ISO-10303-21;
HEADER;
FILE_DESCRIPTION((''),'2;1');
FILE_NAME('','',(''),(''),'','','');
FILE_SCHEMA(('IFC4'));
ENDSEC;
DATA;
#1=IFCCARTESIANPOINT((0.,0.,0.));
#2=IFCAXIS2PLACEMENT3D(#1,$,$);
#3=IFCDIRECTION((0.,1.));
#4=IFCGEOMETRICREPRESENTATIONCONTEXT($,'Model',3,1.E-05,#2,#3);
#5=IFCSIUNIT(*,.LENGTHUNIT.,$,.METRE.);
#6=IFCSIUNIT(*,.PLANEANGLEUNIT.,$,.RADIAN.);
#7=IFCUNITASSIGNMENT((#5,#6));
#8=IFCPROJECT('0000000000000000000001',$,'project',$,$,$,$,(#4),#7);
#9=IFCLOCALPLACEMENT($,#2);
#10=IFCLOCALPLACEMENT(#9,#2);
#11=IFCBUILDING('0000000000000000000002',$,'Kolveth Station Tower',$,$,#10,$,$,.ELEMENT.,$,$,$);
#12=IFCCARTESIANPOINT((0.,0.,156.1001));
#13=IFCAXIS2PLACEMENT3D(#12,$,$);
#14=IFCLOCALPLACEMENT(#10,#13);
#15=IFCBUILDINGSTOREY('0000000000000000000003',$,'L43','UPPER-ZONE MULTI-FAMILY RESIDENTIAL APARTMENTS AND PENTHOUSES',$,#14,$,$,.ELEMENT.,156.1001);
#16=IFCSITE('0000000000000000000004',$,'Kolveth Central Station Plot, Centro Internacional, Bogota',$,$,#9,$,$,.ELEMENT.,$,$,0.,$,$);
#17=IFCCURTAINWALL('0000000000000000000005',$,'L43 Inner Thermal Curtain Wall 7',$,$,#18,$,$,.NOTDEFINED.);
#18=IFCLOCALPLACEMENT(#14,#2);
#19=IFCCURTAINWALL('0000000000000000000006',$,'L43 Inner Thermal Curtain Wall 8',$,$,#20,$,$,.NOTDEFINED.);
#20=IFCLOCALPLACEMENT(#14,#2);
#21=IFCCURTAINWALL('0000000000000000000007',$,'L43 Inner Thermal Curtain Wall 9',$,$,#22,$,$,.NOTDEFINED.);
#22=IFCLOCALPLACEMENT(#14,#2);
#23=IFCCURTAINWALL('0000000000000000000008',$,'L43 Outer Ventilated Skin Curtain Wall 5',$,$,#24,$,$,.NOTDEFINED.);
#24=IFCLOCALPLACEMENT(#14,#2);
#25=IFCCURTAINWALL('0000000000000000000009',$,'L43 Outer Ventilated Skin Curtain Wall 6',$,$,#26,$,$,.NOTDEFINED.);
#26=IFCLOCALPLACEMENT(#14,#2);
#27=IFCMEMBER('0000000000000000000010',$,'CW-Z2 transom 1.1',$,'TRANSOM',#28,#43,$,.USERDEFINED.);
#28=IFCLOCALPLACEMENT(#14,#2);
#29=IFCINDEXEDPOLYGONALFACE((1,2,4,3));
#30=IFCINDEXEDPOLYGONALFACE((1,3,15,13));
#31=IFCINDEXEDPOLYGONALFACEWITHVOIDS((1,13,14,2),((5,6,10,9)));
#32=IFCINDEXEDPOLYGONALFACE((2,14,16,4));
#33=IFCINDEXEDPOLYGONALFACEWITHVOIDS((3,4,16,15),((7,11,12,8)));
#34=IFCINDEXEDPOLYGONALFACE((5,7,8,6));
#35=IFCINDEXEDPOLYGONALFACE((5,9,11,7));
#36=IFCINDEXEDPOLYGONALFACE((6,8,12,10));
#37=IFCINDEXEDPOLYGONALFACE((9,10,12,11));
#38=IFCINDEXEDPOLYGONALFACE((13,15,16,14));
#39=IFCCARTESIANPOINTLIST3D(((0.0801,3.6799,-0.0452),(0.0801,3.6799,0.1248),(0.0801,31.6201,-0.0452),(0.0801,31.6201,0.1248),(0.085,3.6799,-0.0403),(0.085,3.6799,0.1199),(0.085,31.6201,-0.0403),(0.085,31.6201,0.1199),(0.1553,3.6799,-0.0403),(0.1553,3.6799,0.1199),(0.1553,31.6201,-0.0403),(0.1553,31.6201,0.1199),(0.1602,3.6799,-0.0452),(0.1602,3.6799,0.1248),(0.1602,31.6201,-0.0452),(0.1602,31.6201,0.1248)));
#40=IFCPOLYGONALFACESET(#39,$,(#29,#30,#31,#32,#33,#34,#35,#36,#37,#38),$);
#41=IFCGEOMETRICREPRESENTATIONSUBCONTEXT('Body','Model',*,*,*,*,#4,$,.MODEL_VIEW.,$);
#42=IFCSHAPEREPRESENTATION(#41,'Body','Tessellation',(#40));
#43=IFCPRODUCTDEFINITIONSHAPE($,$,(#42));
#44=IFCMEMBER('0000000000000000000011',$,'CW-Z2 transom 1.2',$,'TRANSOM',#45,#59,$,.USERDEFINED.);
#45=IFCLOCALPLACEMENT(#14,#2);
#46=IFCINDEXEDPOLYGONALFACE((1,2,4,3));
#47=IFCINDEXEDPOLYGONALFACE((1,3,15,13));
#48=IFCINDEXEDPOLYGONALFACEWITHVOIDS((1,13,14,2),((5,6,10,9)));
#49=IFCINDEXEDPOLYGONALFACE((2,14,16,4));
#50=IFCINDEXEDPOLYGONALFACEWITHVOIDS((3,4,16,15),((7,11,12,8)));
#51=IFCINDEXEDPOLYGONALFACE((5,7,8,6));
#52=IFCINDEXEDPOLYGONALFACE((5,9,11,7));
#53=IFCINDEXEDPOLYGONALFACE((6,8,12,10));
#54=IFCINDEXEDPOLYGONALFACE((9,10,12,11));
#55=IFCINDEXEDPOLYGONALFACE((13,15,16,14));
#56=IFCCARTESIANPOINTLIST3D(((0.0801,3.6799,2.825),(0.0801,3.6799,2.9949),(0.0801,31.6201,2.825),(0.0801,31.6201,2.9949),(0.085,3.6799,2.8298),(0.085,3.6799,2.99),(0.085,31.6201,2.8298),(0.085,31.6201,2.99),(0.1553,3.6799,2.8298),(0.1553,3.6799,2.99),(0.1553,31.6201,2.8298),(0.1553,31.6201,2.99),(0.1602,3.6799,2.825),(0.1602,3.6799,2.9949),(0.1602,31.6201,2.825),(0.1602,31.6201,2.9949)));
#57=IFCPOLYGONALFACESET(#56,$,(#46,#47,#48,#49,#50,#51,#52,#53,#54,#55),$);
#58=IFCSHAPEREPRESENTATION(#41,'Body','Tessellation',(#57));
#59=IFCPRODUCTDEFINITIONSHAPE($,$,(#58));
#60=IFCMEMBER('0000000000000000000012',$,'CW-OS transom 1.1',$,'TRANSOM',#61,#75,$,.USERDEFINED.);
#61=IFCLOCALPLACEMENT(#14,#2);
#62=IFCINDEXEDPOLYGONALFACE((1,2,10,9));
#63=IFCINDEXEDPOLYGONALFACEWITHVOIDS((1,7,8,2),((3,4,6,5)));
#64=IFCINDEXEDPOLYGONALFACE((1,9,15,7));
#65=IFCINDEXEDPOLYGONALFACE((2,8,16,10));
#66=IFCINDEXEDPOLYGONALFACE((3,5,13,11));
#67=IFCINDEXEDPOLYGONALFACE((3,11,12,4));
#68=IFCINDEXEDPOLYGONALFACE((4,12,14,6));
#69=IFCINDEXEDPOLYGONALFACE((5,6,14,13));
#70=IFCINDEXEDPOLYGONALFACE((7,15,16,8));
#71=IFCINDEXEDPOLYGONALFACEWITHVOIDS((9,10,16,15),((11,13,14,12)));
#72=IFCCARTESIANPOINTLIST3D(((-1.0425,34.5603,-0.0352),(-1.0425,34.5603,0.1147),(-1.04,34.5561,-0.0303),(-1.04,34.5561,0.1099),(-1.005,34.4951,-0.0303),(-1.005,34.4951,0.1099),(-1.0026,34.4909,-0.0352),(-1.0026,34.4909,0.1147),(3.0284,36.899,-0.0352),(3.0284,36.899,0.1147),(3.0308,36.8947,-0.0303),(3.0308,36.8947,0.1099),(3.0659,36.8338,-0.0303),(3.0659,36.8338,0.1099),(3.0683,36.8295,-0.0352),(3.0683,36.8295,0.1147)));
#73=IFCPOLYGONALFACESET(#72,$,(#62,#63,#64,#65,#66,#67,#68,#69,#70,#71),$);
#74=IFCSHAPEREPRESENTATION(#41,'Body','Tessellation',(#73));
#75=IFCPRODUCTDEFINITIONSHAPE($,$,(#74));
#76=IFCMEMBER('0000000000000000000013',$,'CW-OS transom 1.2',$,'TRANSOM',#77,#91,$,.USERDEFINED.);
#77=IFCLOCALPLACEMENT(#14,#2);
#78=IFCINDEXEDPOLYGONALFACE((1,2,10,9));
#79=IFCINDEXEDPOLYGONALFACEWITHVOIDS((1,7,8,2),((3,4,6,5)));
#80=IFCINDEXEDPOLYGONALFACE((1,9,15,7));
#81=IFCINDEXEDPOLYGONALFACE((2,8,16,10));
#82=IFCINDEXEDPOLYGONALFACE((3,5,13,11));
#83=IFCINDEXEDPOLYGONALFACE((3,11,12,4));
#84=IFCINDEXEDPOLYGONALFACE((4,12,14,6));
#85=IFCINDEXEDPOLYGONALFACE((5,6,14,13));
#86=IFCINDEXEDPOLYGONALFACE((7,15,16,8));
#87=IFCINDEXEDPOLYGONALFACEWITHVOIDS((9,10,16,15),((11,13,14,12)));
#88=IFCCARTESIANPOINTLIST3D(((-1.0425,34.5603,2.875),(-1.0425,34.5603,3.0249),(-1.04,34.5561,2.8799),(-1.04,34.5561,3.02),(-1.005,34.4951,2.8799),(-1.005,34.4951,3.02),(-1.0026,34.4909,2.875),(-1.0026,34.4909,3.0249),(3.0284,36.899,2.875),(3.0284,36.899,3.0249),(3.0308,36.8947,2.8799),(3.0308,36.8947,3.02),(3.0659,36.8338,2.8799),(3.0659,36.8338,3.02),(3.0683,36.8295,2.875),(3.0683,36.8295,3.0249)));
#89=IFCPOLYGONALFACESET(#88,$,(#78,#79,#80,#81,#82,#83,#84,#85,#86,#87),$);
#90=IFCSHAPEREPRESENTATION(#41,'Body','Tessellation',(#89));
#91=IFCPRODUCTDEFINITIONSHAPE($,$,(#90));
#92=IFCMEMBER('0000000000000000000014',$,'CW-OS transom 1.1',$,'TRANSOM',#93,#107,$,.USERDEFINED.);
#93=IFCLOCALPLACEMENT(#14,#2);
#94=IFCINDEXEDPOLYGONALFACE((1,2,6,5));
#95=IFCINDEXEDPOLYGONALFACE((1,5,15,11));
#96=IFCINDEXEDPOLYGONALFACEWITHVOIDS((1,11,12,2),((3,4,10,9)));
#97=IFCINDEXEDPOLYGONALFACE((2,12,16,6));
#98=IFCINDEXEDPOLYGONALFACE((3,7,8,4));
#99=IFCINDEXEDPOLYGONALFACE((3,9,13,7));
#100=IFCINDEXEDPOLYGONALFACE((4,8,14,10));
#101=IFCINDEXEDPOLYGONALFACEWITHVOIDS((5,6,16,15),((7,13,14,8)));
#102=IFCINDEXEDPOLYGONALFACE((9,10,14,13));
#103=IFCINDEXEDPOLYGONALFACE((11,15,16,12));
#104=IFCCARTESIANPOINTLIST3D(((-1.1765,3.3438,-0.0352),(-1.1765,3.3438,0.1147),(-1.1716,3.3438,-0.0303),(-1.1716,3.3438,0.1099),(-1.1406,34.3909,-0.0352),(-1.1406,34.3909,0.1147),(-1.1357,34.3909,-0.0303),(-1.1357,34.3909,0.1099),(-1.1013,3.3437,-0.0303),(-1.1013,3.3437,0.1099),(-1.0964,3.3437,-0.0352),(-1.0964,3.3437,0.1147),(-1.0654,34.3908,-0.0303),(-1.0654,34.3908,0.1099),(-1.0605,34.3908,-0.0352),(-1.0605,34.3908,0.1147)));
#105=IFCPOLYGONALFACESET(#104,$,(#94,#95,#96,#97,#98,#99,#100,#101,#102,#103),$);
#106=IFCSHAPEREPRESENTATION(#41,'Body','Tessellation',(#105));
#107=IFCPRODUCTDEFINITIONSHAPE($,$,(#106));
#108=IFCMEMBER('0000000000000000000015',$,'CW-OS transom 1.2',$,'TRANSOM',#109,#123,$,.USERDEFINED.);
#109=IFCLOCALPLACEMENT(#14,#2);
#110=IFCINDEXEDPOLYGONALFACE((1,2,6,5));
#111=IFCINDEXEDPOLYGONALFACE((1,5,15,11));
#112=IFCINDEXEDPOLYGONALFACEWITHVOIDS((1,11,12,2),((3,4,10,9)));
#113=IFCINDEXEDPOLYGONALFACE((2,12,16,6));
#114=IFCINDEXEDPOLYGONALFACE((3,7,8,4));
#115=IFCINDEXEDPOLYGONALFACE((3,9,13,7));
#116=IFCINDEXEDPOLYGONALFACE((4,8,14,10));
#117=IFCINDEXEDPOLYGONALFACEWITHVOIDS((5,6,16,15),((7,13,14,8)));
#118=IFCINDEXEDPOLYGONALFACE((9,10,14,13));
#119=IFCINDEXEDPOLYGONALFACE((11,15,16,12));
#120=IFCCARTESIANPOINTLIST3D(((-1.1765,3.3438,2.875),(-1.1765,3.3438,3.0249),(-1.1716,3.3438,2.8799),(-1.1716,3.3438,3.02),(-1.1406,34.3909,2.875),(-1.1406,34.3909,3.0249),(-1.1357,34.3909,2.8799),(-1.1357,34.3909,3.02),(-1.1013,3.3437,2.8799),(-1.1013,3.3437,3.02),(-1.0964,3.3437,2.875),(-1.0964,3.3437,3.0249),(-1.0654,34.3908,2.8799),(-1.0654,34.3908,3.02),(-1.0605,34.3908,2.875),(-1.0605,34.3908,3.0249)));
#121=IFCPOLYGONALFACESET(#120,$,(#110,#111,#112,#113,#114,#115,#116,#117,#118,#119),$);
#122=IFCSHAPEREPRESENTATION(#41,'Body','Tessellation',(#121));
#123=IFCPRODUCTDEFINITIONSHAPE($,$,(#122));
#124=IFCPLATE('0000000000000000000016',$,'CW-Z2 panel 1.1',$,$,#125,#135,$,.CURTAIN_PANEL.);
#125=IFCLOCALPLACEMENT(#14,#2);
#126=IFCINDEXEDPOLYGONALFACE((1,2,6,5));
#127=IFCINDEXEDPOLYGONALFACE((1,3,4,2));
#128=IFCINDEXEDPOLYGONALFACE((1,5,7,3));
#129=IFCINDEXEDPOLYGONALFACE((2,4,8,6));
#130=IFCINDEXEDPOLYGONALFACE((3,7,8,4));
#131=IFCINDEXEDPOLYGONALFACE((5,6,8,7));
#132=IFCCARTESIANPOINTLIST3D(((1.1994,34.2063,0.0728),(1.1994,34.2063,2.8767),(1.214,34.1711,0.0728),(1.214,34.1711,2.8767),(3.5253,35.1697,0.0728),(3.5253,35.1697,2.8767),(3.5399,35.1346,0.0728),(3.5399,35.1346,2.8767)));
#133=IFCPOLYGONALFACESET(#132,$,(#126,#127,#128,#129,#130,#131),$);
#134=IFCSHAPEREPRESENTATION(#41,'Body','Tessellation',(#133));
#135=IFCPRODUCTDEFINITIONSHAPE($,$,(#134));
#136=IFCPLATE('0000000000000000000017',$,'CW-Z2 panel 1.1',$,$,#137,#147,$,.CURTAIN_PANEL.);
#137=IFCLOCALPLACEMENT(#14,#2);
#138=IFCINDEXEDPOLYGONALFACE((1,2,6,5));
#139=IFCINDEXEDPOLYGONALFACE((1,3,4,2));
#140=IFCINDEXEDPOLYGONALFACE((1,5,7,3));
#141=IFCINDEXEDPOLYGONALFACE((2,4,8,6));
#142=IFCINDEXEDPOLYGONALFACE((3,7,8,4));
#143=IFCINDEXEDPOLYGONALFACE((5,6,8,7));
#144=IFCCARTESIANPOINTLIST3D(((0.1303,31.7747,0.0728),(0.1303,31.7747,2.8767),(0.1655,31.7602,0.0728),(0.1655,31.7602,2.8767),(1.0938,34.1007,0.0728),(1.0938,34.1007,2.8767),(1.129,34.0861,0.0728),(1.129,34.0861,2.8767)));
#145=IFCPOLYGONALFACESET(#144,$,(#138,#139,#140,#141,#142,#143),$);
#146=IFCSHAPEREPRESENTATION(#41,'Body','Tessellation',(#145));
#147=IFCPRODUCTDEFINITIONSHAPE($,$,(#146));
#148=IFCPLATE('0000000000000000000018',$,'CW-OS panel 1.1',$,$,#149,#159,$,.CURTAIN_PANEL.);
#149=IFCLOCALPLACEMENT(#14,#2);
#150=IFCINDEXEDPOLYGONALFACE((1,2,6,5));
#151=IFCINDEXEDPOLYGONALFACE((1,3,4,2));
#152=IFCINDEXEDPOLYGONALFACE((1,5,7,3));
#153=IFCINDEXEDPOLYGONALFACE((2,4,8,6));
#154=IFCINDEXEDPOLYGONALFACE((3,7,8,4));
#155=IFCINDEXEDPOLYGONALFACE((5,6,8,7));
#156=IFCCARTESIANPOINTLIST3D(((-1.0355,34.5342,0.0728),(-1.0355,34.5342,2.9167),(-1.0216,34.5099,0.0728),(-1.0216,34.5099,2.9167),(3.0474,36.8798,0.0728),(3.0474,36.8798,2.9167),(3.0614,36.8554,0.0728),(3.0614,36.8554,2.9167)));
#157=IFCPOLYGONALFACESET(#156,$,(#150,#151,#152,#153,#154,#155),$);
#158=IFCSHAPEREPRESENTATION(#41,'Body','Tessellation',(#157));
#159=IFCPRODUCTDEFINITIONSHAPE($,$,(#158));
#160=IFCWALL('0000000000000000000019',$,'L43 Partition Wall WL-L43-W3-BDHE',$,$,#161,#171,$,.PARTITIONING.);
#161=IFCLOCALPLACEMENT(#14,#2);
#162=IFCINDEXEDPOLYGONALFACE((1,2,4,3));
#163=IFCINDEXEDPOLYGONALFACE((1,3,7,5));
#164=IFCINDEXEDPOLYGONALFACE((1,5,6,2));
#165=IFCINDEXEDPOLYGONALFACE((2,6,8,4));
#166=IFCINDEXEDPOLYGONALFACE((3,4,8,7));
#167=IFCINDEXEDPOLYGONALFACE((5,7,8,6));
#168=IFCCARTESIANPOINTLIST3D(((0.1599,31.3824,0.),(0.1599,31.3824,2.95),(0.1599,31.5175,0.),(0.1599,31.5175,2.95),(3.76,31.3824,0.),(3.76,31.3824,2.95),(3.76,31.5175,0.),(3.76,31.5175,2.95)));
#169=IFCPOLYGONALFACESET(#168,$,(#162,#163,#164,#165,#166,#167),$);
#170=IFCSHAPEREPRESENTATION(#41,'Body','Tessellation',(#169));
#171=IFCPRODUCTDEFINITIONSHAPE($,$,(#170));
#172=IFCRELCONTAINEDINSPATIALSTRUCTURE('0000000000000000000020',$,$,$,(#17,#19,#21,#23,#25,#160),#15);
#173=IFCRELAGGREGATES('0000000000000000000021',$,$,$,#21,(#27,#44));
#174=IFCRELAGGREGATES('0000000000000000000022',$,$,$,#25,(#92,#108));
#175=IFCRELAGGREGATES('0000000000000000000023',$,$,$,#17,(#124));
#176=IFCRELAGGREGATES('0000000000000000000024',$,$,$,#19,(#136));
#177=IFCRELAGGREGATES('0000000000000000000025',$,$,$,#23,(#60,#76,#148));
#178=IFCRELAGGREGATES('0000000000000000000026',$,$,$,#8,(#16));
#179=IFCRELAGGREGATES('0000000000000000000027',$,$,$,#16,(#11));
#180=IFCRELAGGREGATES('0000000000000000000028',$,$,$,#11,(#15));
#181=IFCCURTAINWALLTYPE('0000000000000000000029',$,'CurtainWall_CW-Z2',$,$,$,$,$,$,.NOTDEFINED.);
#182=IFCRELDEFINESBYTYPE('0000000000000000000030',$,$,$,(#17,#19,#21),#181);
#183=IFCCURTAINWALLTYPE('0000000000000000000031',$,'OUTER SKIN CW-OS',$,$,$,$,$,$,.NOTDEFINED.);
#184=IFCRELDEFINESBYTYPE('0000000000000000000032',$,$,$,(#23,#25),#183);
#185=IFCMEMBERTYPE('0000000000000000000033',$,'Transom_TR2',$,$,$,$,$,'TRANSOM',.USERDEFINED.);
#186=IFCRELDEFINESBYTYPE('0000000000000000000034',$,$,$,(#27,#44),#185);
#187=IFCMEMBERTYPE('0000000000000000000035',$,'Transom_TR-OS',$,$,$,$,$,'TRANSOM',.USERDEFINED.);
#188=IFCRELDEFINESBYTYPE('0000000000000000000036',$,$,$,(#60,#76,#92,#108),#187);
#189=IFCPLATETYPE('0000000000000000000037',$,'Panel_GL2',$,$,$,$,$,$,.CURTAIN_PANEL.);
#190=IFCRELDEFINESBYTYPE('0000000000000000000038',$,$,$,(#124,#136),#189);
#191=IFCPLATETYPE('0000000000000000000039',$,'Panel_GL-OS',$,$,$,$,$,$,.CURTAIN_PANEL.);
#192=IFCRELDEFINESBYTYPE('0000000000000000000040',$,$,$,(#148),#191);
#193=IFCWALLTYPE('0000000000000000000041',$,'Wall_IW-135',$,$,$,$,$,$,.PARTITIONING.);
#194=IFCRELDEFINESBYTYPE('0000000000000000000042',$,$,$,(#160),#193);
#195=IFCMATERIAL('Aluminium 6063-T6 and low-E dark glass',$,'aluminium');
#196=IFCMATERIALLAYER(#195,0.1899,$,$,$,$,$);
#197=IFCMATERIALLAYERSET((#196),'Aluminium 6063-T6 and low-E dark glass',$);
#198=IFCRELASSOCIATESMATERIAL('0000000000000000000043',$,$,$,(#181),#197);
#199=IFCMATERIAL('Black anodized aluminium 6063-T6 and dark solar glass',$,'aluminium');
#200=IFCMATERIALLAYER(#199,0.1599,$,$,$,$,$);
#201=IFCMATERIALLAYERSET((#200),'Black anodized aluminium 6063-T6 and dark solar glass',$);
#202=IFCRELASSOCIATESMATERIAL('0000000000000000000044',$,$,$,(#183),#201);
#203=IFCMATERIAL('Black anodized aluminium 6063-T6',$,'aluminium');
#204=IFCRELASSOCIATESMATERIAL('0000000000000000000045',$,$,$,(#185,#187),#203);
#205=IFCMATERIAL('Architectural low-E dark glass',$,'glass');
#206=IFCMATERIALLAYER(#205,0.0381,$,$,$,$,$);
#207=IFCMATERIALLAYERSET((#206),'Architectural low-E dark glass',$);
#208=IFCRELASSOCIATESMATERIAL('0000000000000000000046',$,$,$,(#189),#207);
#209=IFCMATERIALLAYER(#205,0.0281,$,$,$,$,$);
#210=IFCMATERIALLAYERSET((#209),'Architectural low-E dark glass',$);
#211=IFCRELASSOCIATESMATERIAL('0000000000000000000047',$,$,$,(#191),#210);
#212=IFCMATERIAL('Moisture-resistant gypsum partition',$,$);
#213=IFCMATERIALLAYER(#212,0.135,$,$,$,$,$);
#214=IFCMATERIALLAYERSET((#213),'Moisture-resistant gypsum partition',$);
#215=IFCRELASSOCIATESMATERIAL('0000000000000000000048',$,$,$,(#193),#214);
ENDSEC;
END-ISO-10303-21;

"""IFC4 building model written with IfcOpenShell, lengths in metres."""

from ifc_helpers import new_model, si_unit, direction, frame, frame_2d, origin, origin_2d, place, context, subcontext, project, spatial, rectangle, hollow_rectangle, extrude, source, transform, mapped, material, layer, layer_set, material_profile, profile_set, type_object, element, aggregate, save


model = new_model("IFC4")

# Units and contexts
model_context = context("Model", 3, precision=1e-05, world=origin(), true_north=direction((0.0, 1.0)))
body_context = subcontext(model_context, "Body", "Model", "MODEL_VIEW")
ifc_project = project(units=[si_unit("LENGTHUNIT", "METRE"), si_unit("PLANEANGLEUNIT", "RADIAN")], contexts=[model_context])

# Site, building, storey
site_placement = place(None, origin())
site = spatial("IfcSite", under=ifc_project, at=site_placement, Name="Kolveth Central Station Plot, Centro Internacional, Bogota", CompositionType="ELEMENT", RefElevation=0.0)
building_placement = place(site_placement, origin())
building = spatial("IfcBuilding", under=site, at=building_placement, Name="Kolveth Station Tower", CompositionType="ELEMENT")
storey_placement = place(building_placement, frame((0.0, 0.0, 156.1001)))
storey = spatial("IfcBuildingStorey", under=building, at=storey_placement, Name="L43", Description="UPPER-ZONE MULTI-FAMILY RESIDENTIAL APARTMENTS AND PENTHOUSES", CompositionType="ELEMENT", Elevation=156.1001)

# Curtain wall
ifc_material_1 = material(Name="Aluminium 6063-T6 and low-E dark glass", Category="aluminium")
ifc_layer_1 = layer(ifc_material_1, 0.1899)
ifc_layer_set_1 = layer_set([ifc_layer_1], Name="Aluminium 6063-T6 and low-E dark glass")
curtain_wall_type_1 = type_object("IfcCurtainWallType", Name="CurtainWall_CW-Z2", PredefinedType="NOTDEFINED", material=ifc_layer_set_1)
curtain_wall_1_placement = place(storey_placement, origin())
curtain_wall_1 = element("IfcCurtainWall", 1, at=curtain_wall_1_placement, inside=storey, type_object=curtain_wall_type_1, Name="L43 Inner Thermal Curtain Wall 7", PredefinedType="NOTDEFINED")
ifc_material_2 = material(Name="Black anodized aluminium 6063-T6", Category="aluminium")

# Curtain wall
curtain_wall_2_placement = place(storey_placement, origin())
curtain_wall_2 = element("IfcCurtainWall", 2, at=curtain_wall_2_placement, inside=storey, type_object=curtain_wall_type_1, Name="L43 Inner Thermal Curtain Wall 8", PredefinedType="NOTDEFINED")

# Curtain wall
curtain_wall_3_placement = place(storey_placement, origin())
curtain_wall_3 = element("IfcCurtainWall", 3, at=curtain_wall_3_placement, inside=storey, type_object=curtain_wall_type_1, Name="L43 Inner Thermal Curtain Wall 9", PredefinedType="NOTDEFINED")
ifc_material_3 = material(Name="Black anodized aluminium 6063-T6 and dark solar glass", Category="aluminium")
ifc_layer_2 = layer(ifc_material_3, 0.1599)
ifc_layer_set_2 = layer_set([ifc_layer_2], Name="Black anodized aluminium 6063-T6 and dark solar glass")
curtain_wall_type_2 = type_object("IfcCurtainWallType", Name="OUTER SKIN CW-OS", PredefinedType="NOTDEFINED", material=ifc_layer_set_2)

# Curtain wall
curtain_wall_4_placement = place(storey_placement, origin())
curtain_wall_4 = element("IfcCurtainWall", 4, at=curtain_wall_4_placement, inside=storey, type_object=curtain_wall_type_2, Name="L43 Outer Ventilated Skin Curtain Wall 5", PredefinedType="NOTDEFINED")

# Curtain wall
curtain_wall_5_placement = place(storey_placement, origin())
curtain_wall_5 = element("IfcCurtainWall", 5, at=curtain_wall_5_placement, inside=storey, type_object=curtain_wall_type_2, Name="L43 Outer Ventilated Skin Curtain Wall 6", PredefinedType="NOTDEFINED")

# Members
ifc_material_profile_1 = material_profile(ifc_material_2, hollow_rectangle(XDim=0.0801, YDim=0.1699, WallThickness=0.0049, at=origin_2d()), Name="ALU-80x170x5")
ifc_profile_set_1 = profile_set([ifc_material_profile_1], Name="Black anodized aluminium 6063-T6")
member_type_1 = type_object("IfcMemberType", Name="Transom_TR2", ElementType="TRANSOM", PredefinedType="USERDEFINED", material=ifc_profile_set_1)
shared_shape_1 = source(origin(), body_context, "Body", "SweptSolid", [
    extrude(hollow_rectangle(XDim=0.0801, YDim=0.1699, WallThickness=0.0049, at=origin_2d()), origin(), (0.0, 0.0, 1.0), 27.9402),
])
member_1_placement = place(storey_placement, frame((0.1201, 31.6201, 0.0398), z_axis=(0.0, -1.0, 0.0), x_axis=(1.0, 0.0, 0.0)))
member_1 = element("IfcMember", 6, at=member_1_placement, type_object=member_type_1, Name="CW-Z2 transom 1.1", ObjectType="TRANSOM", PredefinedType="USERDEFINED", context=body_context, shape_type="MappedRepresentation", body=[
    mapped(shared_shape_1, transform((0.0, 0.0, 0.0), x_axis=(1.0, 0.0, 0.0), y_axis=(0.0, 1.0, 0.0), z_axis=(0.0, 0.0, 1.0), scale=1.0)),
])
member_2_placement = place(storey_placement, frame((0.1201, 31.6201, 2.9099), z_axis=(0.0, -1.0, 0.0), x_axis=(1.0, 0.0, 0.0)))
member_2 = element("IfcMember", 7, at=member_2_placement, type_object=member_type_1, Name="CW-Z2 transom 1.2", ObjectType="TRANSOM", PredefinedType="USERDEFINED", context=body_context, shape_type="MappedRepresentation", body=[
    mapped(shared_shape_1, transform((0.0, 0.0, 0.0), x_axis=(1.0, 0.0, 0.0), y_axis=(0.0, 1.0, 0.0), z_axis=(0.0, 0.0, 1.0), scale=1.0)),
])
aggregate(curtain_wall_3, [member_1, member_2])
ifc_material_profile_2 = material_profile(ifc_material_2, hollow_rectangle(XDim=0.0801, YDim=0.1499, WallThickness=0.0049, at=origin_2d()), Name="ALU-80x150x5")
ifc_profile_set_2 = profile_set([ifc_material_profile_2], Name="Black anodized aluminium 6063-T6")
member_type_2 = type_object("IfcMemberType", Name="Transom_TR-OS", ElementType="TRANSOM", PredefinedType="USERDEFINED", material=ifc_profile_set_2)
shared_shape_2 = source(origin(), body_context, "Body", "SweptSolid", [
    extrude(hollow_rectangle(XDim=0.0801, YDim=0.1499, WallThickness=0.0049, at=origin_2d()), origin(), (0.0, 0.0, 1.0), 4.6948),
])
member_3_placement = place(storey_placement, frame((3.0483, 36.8643, 0.0398), z_axis=(-0.867098, -0.498137, 0.0), x_axis=(0.498137, -0.867098, 0.0)))
member_3 = element("IfcMember", 8, at=member_3_placement, type_object=member_type_2, Name="CW-OS transom 1.1", ObjectType="TRANSOM", PredefinedType="USERDEFINED", context=body_context, shape_type="MappedRepresentation", body=[
    mapped(shared_shape_2, transform((0.0, 0.0, 0.0), x_axis=(1.0, 0.0, 0.0), y_axis=(0.0, 1.0, 0.0), z_axis=(0.0, 0.0, 1.0), scale=1.0)),
])
member_4_placement = place(storey_placement, frame((3.0483, 36.8643, 2.95), z_axis=(-0.867098, -0.498137, 0.0), x_axis=(0.498137, -0.867098, 0.0)))
member_4 = element("IfcMember", 9, at=member_4_placement, type_object=member_type_2, Name="CW-OS transom 1.2", ObjectType="TRANSOM", PredefinedType="USERDEFINED", context=body_context, shape_type="MappedRepresentation", body=[
    mapped(shared_shape_2, transform((0.0, 0.0, 0.0), x_axis=(1.0, 0.0, 0.0), y_axis=(0.0, 1.0, 0.0), z_axis=(0.0, 0.0, 1.0), scale=1.0)),
])
shared_shape_3 = source(origin(), body_context, "Body", "SweptSolid", [
    extrude(hollow_rectangle(XDim=0.0801, YDim=0.1499, WallThickness=0.0049, at=origin_2d()), origin(), (0.0, 0.0, 1.0), 31.0471),
])
member_5_placement = place(storey_placement, frame((-1.1006, 34.3909, 0.0398), z_axis=(-0.001156, -0.999999, 0.0), x_axis=(0.999999, -0.001156, 0.0)))
member_5 = element("IfcMember", 10, at=member_5_placement, type_object=member_type_2, Name="CW-OS transom 1.1", ObjectType="TRANSOM", PredefinedType="USERDEFINED", context=body_context, shape_type="MappedRepresentation", body=[
    mapped(shared_shape_3, transform((0.0, 0.0, 0.0), x_axis=(1.0, 0.0, 0.0), y_axis=(0.0, 1.0, 0.0), z_axis=(0.0, 0.0, 1.0), scale=1.0)),
])
member_6_placement = place(storey_placement, frame((-1.1006, 34.3909, 2.95), z_axis=(-0.001156, -0.999999, 0.0), x_axis=(0.999999, -0.001156, 0.0)))
member_6 = element("IfcMember", 11, at=member_6_placement, type_object=member_type_2, Name="CW-OS transom 1.2", ObjectType="TRANSOM", PredefinedType="USERDEFINED", context=body_context, shape_type="MappedRepresentation", body=[
    mapped(shared_shape_3, transform((0.0, 0.0, 0.0), x_axis=(1.0, 0.0, 0.0), y_axis=(0.0, 1.0, 0.0), z_axis=(0.0, 0.0, 1.0), scale=1.0)),
])
aggregate(curtain_wall_5, [member_5, member_6])

# Plates
ifc_material_4 = material(Name="Architectural low-E dark glass", Category="glass")
ifc_layer_3 = layer(ifc_material_4, 0.0381)
ifc_layer_set_3 = layer_set([ifc_layer_3], Name="Architectural low-E dark glass")
plate_type_1 = type_object("IfcPlateType", Name="Panel_GL2", PredefinedType="CURTAIN_PANEL", material=ifc_layer_set_3)
shared_shape_4 = source(origin(), body_context, "Body", "SweptSolid", [
    extrude(rectangle(XDim=2.5176, YDim=0.0381, at=origin_2d()), origin(), (0.0, 0.0, 1.0), 2.804),
])
plate_1_placement = place(storey_placement, frame((2.3696, 34.6704, 0.0728), z_axis=(0.0, 0.0, 1.0), x_axis=(-0.923874, -0.382698, 0.0)))
plate_1 = element("IfcPlate", 12, at=plate_1_placement, type_object=plate_type_1, Name="CW-Z2 panel 1.1", PredefinedType="CURTAIN_PANEL", context=body_context, shape_type="MappedRepresentation", body=[
    mapped(shared_shape_4, transform((0.0, 0.0, 0.0), x_axis=(1.0, 0.0, 0.0), y_axis=(0.0, 1.0, 0.0), z_axis=(0.0, 0.0, 1.0), scale=1.0)),
])
aggregate(curtain_wall_1, [plate_1])
plate_2_placement = place(storey_placement, frame((0.6296, 32.9304, 0.0728), z_axis=(0.0, 0.0, 1.0), x_axis=(-0.382698, -0.923874, 0.0)))
plate_2 = element("IfcPlate", 13, at=plate_2_placement, type_object=plate_type_1, Name="CW-Z2 panel 1.1", PredefinedType="CURTAIN_PANEL", context=body_context, shape_type="MappedRepresentation", body=[
    mapped(shared_shape_4, transform((0.0, 0.0, 0.0), x_axis=(1.0, 0.0, 0.0), y_axis=(0.0, 1.0, 0.0), z_axis=(0.0, 0.0, 1.0), scale=1.0)),
])
aggregate(curtain_wall_2, [plate_2])
ifc_layer_4 = layer(ifc_material_4, 0.0281)
ifc_layer_set_4 = layer_set([ifc_layer_4], Name="Architectural low-E dark glass")
plate_type_2 = type_object("IfcPlateType", Name="Panel_GL-OS", PredefinedType="CURTAIN_PANEL", material=ifc_layer_set_4)
shared_shape_5 = source(origin(), body_context, "Body", "SweptSolid", [
    extrude(rectangle(XDim=4.7087, YDim=0.0281, at=origin_2d()), origin(), (0.0, 0.0, 1.0), 2.844),
])
plate_3_placement = place(storey_placement, frame((1.0129, 35.6948, 0.0728), z_axis=(0.0, 0.0, 1.0), x_axis=(-0.867107, -0.498122, 0.0)))
plate_3 = element("IfcPlate", 14, at=plate_3_placement, type_object=plate_type_2, Name="CW-OS panel 1.1", PredefinedType="CURTAIN_PANEL", context=body_context, shape_type="MappedRepresentation", body=[
    mapped(shared_shape_5, transform((0.0, 0.0, 0.0), x_axis=(1.0, 0.0, 0.0), y_axis=(0.0, 1.0, 0.0), z_axis=(0.0, 0.0, 1.0), scale=1.0)),
])
aggregate(curtain_wall_4, [member_3, member_4, plate_3])

# Wall
ifc_material_5 = material(Name="Moisture-resistant gypsum partition")
ifc_layer_5 = layer(ifc_material_5, 0.135)
ifc_layer_set_5 = layer_set([ifc_layer_5], Name="Moisture-resistant gypsum partition")
wall_type = type_object("IfcWallType", Name="Wall_IW-135", PredefinedType="PARTITIONING", material=ifc_layer_set_5)
wall_placement = place(storey_placement, frame((0.1599, 31.45, 0.0), z_axis=(0.0, 0.0, 1.0), x_axis=(1.0, 0.0, 0.0)))
element("IfcWall", 15, at=wall_placement, inside=storey, type_object=wall_type, Name="L43 Partition Wall WL-L43-W3-BDHE", PredefinedType="PARTITIONING", context=body_context, shape_type="SweptSolid", body=[
    extrude(rectangle(XDim=3.6001, YDim=0.135, at=frame_2d((1.8, 0.0))), origin(), (0.0, 0.0, 1.0), 2.95),
])

save(model, "model.ifc")
